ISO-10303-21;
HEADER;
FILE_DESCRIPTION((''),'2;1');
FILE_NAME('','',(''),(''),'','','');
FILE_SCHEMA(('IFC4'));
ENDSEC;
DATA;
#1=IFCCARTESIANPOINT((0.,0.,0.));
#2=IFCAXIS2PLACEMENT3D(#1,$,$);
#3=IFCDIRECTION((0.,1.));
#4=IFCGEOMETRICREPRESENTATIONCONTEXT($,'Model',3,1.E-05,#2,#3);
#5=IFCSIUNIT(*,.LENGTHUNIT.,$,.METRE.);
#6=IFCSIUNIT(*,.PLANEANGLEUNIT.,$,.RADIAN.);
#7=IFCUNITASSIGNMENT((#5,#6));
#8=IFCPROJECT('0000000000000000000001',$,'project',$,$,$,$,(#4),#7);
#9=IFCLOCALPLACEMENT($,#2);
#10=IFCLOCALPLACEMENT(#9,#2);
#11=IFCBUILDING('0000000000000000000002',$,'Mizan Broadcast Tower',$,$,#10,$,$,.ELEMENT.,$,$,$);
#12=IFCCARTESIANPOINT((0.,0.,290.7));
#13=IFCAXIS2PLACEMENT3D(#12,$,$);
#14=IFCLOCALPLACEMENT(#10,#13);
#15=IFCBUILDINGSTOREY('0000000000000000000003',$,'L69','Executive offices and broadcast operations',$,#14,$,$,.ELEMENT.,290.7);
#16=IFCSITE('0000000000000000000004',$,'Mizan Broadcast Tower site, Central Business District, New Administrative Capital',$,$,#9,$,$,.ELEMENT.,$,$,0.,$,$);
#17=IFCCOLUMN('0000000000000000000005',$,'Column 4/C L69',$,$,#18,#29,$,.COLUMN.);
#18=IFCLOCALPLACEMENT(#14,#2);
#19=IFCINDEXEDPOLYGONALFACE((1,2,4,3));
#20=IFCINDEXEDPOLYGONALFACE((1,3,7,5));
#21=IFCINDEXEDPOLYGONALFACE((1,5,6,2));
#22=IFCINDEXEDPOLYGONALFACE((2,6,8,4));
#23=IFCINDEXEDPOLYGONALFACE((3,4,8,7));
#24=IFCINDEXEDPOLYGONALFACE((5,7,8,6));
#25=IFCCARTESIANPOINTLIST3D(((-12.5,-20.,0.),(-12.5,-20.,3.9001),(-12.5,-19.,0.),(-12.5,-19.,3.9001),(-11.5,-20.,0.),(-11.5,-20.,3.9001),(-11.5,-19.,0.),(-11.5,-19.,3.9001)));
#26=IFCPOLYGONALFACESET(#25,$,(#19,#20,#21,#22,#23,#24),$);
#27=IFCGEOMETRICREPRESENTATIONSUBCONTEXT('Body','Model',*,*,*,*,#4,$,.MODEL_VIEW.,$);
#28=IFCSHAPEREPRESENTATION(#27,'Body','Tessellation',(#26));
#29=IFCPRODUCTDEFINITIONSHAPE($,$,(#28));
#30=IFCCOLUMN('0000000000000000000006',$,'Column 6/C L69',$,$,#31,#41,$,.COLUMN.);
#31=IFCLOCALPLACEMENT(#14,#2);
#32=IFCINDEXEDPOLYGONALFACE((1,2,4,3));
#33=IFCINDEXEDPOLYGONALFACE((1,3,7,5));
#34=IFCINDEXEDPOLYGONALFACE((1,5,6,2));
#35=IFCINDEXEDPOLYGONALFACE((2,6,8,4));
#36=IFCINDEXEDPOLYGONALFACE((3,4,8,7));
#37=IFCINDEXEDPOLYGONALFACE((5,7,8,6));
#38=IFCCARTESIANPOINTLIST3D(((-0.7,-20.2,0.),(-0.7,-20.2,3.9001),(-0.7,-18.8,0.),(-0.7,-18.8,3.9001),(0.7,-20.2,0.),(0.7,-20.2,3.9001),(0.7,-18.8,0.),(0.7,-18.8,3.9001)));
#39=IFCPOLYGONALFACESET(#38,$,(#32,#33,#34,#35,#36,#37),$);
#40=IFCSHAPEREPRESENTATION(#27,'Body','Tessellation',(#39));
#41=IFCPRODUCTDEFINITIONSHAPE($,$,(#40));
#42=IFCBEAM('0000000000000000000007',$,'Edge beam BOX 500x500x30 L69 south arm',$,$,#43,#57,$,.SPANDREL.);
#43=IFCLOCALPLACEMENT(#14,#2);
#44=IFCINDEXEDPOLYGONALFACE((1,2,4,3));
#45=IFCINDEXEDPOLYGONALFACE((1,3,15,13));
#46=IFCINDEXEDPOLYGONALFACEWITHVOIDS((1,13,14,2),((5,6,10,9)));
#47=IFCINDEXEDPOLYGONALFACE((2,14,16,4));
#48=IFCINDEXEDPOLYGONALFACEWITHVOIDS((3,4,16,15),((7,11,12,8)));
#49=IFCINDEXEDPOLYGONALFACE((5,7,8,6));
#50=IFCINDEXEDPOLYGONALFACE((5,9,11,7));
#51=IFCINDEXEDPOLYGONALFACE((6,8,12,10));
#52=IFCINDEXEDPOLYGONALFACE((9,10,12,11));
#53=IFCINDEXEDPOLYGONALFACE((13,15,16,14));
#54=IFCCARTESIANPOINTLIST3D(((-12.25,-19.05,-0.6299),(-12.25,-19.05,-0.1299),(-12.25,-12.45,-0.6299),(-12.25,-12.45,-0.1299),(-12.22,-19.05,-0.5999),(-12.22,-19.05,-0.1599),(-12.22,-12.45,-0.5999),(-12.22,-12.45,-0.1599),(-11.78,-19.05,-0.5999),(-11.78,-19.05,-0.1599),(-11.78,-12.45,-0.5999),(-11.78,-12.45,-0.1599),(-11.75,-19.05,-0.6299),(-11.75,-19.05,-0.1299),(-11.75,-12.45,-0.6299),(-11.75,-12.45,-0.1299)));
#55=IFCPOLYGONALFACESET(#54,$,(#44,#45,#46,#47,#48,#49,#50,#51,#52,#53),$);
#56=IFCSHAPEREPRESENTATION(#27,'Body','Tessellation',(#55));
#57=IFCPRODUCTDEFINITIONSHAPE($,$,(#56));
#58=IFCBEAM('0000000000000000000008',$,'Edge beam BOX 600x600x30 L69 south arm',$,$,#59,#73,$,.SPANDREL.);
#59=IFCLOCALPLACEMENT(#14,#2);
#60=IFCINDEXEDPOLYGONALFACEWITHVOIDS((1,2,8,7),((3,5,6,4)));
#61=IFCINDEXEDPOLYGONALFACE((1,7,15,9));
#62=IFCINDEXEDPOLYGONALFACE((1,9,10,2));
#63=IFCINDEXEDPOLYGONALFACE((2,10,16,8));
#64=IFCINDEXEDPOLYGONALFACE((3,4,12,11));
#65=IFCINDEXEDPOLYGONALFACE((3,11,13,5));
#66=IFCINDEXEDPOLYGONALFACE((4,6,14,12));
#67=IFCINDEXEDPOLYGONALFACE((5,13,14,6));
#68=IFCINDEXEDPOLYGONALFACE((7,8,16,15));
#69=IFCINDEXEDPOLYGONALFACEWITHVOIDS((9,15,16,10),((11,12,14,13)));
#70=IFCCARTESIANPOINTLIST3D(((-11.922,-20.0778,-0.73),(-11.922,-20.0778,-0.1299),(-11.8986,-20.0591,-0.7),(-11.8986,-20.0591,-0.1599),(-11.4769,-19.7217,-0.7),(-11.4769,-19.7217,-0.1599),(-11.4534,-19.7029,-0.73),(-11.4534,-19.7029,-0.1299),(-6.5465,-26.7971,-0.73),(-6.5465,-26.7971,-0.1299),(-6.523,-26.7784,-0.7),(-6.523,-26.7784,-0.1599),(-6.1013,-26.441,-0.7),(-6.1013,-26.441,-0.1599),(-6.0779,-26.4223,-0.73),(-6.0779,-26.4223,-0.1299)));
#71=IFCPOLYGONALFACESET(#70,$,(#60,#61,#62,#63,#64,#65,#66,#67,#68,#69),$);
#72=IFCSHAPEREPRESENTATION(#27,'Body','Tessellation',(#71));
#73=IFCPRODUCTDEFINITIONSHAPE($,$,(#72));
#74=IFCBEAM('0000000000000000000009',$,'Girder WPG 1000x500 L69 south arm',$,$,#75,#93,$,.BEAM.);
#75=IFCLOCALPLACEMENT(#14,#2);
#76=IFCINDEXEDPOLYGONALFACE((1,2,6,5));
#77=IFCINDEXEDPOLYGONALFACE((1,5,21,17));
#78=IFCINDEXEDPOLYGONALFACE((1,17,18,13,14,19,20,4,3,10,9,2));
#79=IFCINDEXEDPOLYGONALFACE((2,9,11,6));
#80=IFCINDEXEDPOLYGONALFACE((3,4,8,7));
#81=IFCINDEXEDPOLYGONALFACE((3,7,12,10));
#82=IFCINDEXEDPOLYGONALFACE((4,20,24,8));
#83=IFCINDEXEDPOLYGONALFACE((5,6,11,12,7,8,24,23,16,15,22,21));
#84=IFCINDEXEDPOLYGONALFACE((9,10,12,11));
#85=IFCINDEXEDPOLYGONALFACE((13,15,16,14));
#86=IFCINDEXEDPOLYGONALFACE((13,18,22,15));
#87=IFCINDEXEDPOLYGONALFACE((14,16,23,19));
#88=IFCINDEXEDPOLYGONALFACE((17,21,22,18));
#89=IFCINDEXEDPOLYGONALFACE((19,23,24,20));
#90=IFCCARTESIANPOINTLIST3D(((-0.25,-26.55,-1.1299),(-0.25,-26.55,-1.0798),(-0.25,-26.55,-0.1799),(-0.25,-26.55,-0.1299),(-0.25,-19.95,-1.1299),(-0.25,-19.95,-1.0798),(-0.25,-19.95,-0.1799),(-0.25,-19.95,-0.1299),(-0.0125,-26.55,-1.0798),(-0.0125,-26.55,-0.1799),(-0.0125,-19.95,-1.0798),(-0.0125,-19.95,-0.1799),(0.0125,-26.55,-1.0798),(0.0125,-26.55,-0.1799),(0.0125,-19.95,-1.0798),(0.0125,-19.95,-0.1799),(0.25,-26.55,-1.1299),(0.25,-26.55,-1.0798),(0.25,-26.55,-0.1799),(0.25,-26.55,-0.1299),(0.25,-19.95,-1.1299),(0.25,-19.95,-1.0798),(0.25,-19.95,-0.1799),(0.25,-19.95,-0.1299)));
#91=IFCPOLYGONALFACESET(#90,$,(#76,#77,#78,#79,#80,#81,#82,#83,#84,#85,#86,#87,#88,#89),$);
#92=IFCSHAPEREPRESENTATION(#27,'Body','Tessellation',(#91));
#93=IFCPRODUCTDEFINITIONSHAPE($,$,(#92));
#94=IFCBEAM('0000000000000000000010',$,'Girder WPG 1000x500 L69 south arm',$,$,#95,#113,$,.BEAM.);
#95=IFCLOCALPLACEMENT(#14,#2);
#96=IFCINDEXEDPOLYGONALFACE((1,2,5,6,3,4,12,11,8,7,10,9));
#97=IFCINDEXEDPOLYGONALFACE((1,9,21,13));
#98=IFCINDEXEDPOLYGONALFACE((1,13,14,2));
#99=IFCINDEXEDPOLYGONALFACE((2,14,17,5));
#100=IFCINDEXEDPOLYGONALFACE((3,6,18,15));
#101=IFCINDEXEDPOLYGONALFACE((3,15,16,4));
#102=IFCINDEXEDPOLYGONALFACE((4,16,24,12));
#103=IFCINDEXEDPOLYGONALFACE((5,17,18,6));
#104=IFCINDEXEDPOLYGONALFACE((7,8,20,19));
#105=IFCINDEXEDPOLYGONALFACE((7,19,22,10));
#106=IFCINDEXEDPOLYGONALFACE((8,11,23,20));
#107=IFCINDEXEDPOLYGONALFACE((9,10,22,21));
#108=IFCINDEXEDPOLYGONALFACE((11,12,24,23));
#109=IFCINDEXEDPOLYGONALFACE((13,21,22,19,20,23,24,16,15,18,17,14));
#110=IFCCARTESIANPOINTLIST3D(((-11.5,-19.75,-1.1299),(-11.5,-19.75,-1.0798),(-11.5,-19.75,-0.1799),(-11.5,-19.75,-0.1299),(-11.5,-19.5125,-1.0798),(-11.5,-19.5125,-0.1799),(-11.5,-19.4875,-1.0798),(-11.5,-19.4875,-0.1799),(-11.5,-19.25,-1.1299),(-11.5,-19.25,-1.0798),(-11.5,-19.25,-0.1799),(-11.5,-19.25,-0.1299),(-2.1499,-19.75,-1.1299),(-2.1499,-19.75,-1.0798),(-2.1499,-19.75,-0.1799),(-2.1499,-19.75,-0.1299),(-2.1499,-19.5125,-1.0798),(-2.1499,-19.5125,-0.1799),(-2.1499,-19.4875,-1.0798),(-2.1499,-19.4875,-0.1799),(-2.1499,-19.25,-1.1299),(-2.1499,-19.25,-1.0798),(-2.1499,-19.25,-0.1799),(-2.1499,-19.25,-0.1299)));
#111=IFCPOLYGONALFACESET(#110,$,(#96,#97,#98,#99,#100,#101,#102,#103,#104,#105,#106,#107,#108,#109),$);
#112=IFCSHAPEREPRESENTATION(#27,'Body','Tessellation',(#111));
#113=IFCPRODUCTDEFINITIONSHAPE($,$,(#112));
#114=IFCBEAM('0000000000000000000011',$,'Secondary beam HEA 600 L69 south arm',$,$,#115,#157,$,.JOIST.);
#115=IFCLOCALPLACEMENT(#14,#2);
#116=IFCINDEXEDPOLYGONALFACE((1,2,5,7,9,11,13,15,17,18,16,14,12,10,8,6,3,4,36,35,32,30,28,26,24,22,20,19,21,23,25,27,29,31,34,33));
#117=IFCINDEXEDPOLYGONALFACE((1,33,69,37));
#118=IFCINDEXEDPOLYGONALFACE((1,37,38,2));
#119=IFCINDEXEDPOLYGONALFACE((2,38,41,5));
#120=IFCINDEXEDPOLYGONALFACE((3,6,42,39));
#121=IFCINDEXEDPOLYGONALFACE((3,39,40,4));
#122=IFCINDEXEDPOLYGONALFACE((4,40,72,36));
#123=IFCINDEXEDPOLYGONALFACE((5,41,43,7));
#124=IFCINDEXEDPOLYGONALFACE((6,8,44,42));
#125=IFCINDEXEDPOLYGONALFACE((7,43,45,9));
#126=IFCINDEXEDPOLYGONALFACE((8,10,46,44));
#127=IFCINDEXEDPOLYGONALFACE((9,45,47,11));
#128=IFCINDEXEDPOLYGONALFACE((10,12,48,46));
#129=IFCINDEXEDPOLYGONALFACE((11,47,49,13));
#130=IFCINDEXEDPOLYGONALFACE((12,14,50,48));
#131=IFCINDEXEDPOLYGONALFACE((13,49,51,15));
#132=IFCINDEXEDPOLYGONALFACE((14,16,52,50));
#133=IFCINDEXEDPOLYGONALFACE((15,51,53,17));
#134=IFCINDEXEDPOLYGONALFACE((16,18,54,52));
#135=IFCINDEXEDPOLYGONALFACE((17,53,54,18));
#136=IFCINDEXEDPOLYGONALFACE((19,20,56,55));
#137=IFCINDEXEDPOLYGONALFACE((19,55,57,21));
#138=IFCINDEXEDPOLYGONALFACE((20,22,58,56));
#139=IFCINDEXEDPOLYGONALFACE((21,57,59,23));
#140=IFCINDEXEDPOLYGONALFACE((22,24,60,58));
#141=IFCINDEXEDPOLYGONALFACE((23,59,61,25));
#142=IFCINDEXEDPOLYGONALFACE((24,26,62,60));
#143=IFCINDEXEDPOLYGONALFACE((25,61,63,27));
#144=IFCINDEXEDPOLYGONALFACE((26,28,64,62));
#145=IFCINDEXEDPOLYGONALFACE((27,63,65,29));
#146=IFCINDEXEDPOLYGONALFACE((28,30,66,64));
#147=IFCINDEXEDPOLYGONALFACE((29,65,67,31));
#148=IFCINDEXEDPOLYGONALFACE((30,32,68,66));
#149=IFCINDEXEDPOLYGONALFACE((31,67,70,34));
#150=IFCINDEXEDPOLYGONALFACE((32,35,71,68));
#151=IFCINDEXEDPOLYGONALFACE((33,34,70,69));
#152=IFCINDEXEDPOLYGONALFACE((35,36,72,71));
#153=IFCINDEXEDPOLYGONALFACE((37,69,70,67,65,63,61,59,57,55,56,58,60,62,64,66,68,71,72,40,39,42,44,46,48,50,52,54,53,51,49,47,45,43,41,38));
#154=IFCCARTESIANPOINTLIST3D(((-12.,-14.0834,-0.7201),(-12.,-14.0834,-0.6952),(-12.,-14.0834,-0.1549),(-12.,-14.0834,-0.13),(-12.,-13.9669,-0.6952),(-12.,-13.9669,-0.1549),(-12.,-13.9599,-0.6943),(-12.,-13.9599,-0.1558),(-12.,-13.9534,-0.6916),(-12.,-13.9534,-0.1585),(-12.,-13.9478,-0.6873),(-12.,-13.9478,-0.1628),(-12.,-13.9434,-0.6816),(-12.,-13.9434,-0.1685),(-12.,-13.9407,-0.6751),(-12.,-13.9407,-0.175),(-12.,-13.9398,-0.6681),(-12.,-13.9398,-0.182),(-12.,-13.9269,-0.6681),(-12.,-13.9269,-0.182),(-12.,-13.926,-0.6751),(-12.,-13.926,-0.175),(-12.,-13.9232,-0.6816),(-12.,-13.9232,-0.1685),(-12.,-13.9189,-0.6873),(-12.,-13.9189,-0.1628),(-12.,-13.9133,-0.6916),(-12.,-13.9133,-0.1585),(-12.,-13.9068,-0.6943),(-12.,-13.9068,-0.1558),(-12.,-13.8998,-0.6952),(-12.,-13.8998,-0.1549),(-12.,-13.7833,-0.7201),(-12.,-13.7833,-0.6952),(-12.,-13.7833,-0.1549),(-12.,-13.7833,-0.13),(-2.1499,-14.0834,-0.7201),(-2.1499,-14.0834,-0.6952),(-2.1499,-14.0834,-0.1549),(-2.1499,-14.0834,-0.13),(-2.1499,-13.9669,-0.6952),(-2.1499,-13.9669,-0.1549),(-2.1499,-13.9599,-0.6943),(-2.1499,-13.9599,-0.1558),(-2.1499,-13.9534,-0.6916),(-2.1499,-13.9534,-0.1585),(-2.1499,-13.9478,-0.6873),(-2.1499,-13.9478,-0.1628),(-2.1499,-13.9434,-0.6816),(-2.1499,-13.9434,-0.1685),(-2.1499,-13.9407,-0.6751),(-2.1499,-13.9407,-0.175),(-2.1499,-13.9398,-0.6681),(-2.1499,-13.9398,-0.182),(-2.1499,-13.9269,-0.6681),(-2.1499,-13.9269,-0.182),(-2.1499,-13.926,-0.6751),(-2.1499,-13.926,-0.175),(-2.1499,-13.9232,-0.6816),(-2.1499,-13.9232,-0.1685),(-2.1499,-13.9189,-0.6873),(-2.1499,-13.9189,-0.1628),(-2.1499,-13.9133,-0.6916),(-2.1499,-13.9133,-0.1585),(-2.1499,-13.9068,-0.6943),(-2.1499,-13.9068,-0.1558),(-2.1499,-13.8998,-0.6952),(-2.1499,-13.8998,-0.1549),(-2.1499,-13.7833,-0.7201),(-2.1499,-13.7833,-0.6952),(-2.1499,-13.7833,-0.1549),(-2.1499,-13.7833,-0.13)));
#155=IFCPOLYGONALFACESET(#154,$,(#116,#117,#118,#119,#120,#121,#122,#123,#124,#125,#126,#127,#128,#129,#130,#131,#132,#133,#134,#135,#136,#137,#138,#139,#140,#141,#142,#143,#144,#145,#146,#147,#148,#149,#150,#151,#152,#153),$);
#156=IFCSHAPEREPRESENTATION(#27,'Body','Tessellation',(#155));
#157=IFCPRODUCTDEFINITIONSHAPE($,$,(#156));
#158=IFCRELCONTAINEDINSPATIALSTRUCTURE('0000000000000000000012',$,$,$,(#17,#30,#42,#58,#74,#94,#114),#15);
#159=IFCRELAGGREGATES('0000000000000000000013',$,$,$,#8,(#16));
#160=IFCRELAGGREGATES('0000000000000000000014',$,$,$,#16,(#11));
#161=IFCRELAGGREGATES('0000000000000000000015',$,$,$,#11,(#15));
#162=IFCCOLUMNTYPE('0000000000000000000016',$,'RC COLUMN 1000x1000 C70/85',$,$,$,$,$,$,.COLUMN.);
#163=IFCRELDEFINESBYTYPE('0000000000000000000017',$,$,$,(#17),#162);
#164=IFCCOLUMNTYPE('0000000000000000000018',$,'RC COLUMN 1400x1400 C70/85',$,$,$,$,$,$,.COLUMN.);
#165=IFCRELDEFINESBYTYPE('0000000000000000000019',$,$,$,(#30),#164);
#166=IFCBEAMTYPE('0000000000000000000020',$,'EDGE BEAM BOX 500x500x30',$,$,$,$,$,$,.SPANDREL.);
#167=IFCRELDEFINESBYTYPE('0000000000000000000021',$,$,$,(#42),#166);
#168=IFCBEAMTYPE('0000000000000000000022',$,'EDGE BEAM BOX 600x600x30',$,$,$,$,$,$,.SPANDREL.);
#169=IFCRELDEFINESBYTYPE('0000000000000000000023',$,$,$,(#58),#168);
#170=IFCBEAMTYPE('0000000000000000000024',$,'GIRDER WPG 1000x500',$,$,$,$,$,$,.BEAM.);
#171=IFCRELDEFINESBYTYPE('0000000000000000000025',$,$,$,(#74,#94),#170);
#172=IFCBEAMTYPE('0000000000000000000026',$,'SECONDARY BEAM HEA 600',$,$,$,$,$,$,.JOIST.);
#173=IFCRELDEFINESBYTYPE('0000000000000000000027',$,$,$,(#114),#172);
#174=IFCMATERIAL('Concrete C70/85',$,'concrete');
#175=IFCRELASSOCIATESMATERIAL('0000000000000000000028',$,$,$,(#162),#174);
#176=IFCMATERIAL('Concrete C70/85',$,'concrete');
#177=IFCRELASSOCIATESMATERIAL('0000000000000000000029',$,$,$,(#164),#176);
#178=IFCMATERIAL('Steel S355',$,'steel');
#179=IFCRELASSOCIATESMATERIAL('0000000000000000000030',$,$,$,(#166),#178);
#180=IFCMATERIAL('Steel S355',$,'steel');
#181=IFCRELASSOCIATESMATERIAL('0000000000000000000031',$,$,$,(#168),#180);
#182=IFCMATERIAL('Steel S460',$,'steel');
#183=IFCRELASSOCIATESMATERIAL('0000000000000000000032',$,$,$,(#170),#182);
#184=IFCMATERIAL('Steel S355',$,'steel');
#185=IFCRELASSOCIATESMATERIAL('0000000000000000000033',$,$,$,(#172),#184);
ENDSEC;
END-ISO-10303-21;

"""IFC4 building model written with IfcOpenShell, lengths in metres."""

from ifc_helpers import new_model, si_unit, direction, frame, origin, origin_2d, place, context, subcontext, project, spatial, rectangle, hollow_rectangle, i_section, extrude, material, material_profile, profile_set, type_object, element, save


model = new_model("IFC4")

# Units and contexts
model_context = context("Model", 3, precision=1e-05, world=origin(), true_north=direction((0.0, 1.0)))
body_context = subcontext(model_context, "Body", "Model", "MODEL_VIEW")
ifc_project = project(units=[si_unit("LENGTHUNIT", "METRE"), si_unit("PLANEANGLEUNIT", "RADIAN")], contexts=[model_context])

# Site, building, storey
site_placement = place(None, origin())
site = spatial("IfcSite", under=ifc_project, at=site_placement, Name="Mizan Broadcast Tower site, Central Business District, New Administrative Capital", CompositionType="ELEMENT", RefElevation=0.0)
building_placement = place(site_placement, origin())
building = spatial("IfcBuilding", under=site, at=building_placement, Name="Mizan Broadcast Tower", CompositionType="ELEMENT")
storey_placement = place(building_placement, frame((0.0, 0.0, 290.7)))
storey = spatial("IfcBuildingStorey", under=building, at=storey_placement, Name="L69", Description="Executive offices and broadcast operations", CompositionType="ELEMENT", Elevation=290.7)

# Columns
ifc_material_1 = material(Name="Concrete C70/85", Category="concrete")
ifc_material_profile_1 = material_profile(ifc_material_1, rectangle(XDim=1.0, YDim=1.0, at=origin_2d()), Name="RC 1000x1000")
ifc_profile_set_1 = profile_set([ifc_material_profile_1], Name="Concrete C70/85")
column_type_1 = type_object("IfcColumnType", Name="RC COLUMN 1000x1000 C70/85", PredefinedType="COLUMN", material=ifc_profile_set_1)
column_1_placement = place(storey_placement, frame((-12.0, -19.5, 0.0), z_axis=(0.0, 0.0, 1.0), x_axis=(1.0, 0.0, 0.0)))
element("IfcColumn", 1, at=column_1_placement, inside=storey, type_object=column_type_1, Name="Column 4/C L69", PredefinedType="COLUMN", context=body_context, shape_type="SweptSolid", body=[
    extrude(rectangle(XDim=1.0, YDim=1.0, at=origin_2d()), origin(), (0.0, 0.0, 1.0), 3.9001),
])
ifc_material_2 = material(Name="Concrete C70/85", Category="concrete")
ifc_material_profile_2 = material_profile(ifc_material_2, rectangle(XDim=1.3999, YDim=1.3999, at=origin_2d()), Name="RC 1400x1400")
ifc_profile_set_2 = profile_set([ifc_material_profile_2], Name="Concrete C70/85")
column_type_2 = type_object("IfcColumnType", Name="RC COLUMN 1400x1400 C70/85", PredefinedType="COLUMN", material=ifc_profile_set_2)
column_2_placement = place(storey_placement, frame((0.0, -19.5, 0.0), z_axis=(0.0, 0.0, 1.0), x_axis=(1.0, 0.0, 0.0)))
element("IfcColumn", 2, at=column_2_placement, inside=storey, type_object=column_type_2, Name="Column 6/C L69", PredefinedType="COLUMN", context=body_context, shape_type="SweptSolid", body=[
    extrude(rectangle(XDim=1.3999, YDim=1.3999, at=origin_2d()), origin(), (0.0, 0.0, 1.0), 3.9001),
])

# Beams
ifc_material_3 = material(Name="Steel S355", Category="steel")
ifc_material_profile_3 = material_profile(ifc_material_3, hollow_rectangle(XDim=0.5, YDim=0.5, WallThickness=0.03, at=origin_2d()), Name="BOX 500x500x30")
ifc_profile_set_3 = profile_set([ifc_material_profile_3], Name="Steel S355")
beam_type_1 = type_object("IfcBeamType", Name="EDGE BEAM BOX 500x500x30", PredefinedType="SPANDREL", material=ifc_profile_set_3)
beam_1_placement = place(storey_placement, frame((-12.0, -12.45, -0.3799), z_axis=(0.0, -1.0, 0.0), x_axis=(1.0, 0.0, 0.0)))
element("IfcBeam", 3, at=beam_1_placement, inside=storey, type_object=beam_type_1, Name="Edge beam BOX 500x500x30 L69 south arm", PredefinedType="SPANDREL", context=body_context, shape_type="SweptSolid", body=[
    extrude(hollow_rectangle(XDim=0.5, YDim=0.5, WallThickness=0.03, at=origin_2d()), origin(), (0.0, 0.0, 1.0), 6.6001),
])
ifc_material_4 = material(Name="Steel S355", Category="steel")
ifc_material_profile_4 = material_profile(ifc_material_4, hollow_rectangle(XDim=0.6001, YDim=0.6001, WallThickness=0.03, at=origin_2d()), Name="BOX 600x600x30")
ifc_profile_set_4 = profile_set([ifc_material_profile_4], Name="Steel S355")
beam_type_2 = type_object("IfcBeamType", Name="EDGE BEAM BOX 600x600x30", PredefinedType="SPANDREL", material=ifc_profile_set_4)
beam_2_placement = place(storey_placement, frame((-11.6877, -19.8904, -0.4299), z_axis=(0.624702, -0.780863, 0.0), x_axis=(0.780863, 0.624702, 0.0)))
element("IfcBeam", 4, at=beam_2_placement, inside=storey, type_object=beam_type_2, Name="Edge beam BOX 600x600x30 L69 south arm", PredefinedType="SPANDREL", context=body_context, shape_type="SweptSolid", body=[
    extrude(hollow_rectangle(XDim=0.6001, YDim=0.6001, WallThickness=0.03, at=origin_2d()), origin(), (0.0, 0.0, 1.0), 8.605),
])
ifc_material_5 = material(Name="Steel S460", Category="steel")
ifc_material_profile_5 = material_profile(ifc_material_5, i_section(OverallWidth=0.5, OverallDepth=1.0, WebThickness=0.0249, FlangeThickness=0.05, at=origin_2d()), Name="WPG 1000x500")
ifc_profile_set_5 = profile_set([ifc_material_profile_5], Name="Steel S460")
beam_type_3 = type_object("IfcBeamType", Name="GIRDER WPG 1000x500", PredefinedType="BEAM", material=ifc_profile_set_5)
beam_3_placement = place(storey_placement, frame((0.0, -19.95, -0.6299), z_axis=(0.0, -1.0, 0.0), x_axis=(1.0, 0.0, 0.0)))
element("IfcBeam", 5, at=beam_3_placement, inside=storey, type_object=beam_type_3, Name="Girder WPG 1000x500 L69 south arm", PredefinedType="BEAM", context=body_context, shape_type="SweptSolid", body=[
    extrude(i_section(OverallWidth=0.5, OverallDepth=1.0, WebThickness=0.0249, FlangeThickness=0.05, at=origin_2d()), origin(), (0.0, 0.0, 1.0), 6.6001),
])
beam_4_placement = place(storey_placement, frame((-11.5, -19.5, -0.6299), z_axis=(1.0, 0.0, 0.0), x_axis=(0.0, 1.0, 0.0)))
element("IfcBeam", 6, at=beam_4_placement, inside=storey, type_object=beam_type_3, Name="Girder WPG 1000x500 L69 south arm", PredefinedType="BEAM", context=body_context, shape_type="SweptSolid", body=[
    extrude(i_section(OverallWidth=0.5, OverallDepth=1.0, WebThickness=0.0249, FlangeThickness=0.05, at=origin_2d()), origin(), (0.0, 0.0, 1.0), 9.3501),
])
ifc_material_6 = material(Name="Steel S355", Category="steel")
ifc_material_profile_6 = material_profile(ifc_material_6, i_section(OverallWidth=0.3, OverallDepth=0.5901, WebThickness=0.0129, FlangeThickness=0.0249, FilletRadius=0.0271, at=origin_2d()), Name="HEA 600")
ifc_profile_set_6 = profile_set([ifc_material_profile_6], Name="Steel S355")
beam_type_4 = type_object("IfcBeamType", Name="SECONDARY BEAM HEA 600", PredefinedType="JOIST", material=ifc_profile_set_6)
for number, where, z_axis, x_axis, name in (
    (7, (-12.0, -13.9333, -0.425), (1.0, 0.0, 0.0), (0.0, 1.0, 0.0), "Secondary beam HEA 600 L69 south arm"),
):
    element("IfcBeam", number, at=place(storey_placement, frame(where, z_axis=z_axis, x_axis=x_axis)), inside=storey, type_object=beam_type_4, Name=name, PredefinedType="JOIST", context=body_context, shape_type="SweptSolid", body=[
        extrude(i_section(OverallWidth=0.3, OverallDepth=0.5901, WebThickness=0.0129, FlangeThickness=0.0249, FilletRadius=0.0271, at=origin_2d()), origin(), (0.0, 0.0, 1.0), 9.8501),
    ])

save(model, "model.ifc")
